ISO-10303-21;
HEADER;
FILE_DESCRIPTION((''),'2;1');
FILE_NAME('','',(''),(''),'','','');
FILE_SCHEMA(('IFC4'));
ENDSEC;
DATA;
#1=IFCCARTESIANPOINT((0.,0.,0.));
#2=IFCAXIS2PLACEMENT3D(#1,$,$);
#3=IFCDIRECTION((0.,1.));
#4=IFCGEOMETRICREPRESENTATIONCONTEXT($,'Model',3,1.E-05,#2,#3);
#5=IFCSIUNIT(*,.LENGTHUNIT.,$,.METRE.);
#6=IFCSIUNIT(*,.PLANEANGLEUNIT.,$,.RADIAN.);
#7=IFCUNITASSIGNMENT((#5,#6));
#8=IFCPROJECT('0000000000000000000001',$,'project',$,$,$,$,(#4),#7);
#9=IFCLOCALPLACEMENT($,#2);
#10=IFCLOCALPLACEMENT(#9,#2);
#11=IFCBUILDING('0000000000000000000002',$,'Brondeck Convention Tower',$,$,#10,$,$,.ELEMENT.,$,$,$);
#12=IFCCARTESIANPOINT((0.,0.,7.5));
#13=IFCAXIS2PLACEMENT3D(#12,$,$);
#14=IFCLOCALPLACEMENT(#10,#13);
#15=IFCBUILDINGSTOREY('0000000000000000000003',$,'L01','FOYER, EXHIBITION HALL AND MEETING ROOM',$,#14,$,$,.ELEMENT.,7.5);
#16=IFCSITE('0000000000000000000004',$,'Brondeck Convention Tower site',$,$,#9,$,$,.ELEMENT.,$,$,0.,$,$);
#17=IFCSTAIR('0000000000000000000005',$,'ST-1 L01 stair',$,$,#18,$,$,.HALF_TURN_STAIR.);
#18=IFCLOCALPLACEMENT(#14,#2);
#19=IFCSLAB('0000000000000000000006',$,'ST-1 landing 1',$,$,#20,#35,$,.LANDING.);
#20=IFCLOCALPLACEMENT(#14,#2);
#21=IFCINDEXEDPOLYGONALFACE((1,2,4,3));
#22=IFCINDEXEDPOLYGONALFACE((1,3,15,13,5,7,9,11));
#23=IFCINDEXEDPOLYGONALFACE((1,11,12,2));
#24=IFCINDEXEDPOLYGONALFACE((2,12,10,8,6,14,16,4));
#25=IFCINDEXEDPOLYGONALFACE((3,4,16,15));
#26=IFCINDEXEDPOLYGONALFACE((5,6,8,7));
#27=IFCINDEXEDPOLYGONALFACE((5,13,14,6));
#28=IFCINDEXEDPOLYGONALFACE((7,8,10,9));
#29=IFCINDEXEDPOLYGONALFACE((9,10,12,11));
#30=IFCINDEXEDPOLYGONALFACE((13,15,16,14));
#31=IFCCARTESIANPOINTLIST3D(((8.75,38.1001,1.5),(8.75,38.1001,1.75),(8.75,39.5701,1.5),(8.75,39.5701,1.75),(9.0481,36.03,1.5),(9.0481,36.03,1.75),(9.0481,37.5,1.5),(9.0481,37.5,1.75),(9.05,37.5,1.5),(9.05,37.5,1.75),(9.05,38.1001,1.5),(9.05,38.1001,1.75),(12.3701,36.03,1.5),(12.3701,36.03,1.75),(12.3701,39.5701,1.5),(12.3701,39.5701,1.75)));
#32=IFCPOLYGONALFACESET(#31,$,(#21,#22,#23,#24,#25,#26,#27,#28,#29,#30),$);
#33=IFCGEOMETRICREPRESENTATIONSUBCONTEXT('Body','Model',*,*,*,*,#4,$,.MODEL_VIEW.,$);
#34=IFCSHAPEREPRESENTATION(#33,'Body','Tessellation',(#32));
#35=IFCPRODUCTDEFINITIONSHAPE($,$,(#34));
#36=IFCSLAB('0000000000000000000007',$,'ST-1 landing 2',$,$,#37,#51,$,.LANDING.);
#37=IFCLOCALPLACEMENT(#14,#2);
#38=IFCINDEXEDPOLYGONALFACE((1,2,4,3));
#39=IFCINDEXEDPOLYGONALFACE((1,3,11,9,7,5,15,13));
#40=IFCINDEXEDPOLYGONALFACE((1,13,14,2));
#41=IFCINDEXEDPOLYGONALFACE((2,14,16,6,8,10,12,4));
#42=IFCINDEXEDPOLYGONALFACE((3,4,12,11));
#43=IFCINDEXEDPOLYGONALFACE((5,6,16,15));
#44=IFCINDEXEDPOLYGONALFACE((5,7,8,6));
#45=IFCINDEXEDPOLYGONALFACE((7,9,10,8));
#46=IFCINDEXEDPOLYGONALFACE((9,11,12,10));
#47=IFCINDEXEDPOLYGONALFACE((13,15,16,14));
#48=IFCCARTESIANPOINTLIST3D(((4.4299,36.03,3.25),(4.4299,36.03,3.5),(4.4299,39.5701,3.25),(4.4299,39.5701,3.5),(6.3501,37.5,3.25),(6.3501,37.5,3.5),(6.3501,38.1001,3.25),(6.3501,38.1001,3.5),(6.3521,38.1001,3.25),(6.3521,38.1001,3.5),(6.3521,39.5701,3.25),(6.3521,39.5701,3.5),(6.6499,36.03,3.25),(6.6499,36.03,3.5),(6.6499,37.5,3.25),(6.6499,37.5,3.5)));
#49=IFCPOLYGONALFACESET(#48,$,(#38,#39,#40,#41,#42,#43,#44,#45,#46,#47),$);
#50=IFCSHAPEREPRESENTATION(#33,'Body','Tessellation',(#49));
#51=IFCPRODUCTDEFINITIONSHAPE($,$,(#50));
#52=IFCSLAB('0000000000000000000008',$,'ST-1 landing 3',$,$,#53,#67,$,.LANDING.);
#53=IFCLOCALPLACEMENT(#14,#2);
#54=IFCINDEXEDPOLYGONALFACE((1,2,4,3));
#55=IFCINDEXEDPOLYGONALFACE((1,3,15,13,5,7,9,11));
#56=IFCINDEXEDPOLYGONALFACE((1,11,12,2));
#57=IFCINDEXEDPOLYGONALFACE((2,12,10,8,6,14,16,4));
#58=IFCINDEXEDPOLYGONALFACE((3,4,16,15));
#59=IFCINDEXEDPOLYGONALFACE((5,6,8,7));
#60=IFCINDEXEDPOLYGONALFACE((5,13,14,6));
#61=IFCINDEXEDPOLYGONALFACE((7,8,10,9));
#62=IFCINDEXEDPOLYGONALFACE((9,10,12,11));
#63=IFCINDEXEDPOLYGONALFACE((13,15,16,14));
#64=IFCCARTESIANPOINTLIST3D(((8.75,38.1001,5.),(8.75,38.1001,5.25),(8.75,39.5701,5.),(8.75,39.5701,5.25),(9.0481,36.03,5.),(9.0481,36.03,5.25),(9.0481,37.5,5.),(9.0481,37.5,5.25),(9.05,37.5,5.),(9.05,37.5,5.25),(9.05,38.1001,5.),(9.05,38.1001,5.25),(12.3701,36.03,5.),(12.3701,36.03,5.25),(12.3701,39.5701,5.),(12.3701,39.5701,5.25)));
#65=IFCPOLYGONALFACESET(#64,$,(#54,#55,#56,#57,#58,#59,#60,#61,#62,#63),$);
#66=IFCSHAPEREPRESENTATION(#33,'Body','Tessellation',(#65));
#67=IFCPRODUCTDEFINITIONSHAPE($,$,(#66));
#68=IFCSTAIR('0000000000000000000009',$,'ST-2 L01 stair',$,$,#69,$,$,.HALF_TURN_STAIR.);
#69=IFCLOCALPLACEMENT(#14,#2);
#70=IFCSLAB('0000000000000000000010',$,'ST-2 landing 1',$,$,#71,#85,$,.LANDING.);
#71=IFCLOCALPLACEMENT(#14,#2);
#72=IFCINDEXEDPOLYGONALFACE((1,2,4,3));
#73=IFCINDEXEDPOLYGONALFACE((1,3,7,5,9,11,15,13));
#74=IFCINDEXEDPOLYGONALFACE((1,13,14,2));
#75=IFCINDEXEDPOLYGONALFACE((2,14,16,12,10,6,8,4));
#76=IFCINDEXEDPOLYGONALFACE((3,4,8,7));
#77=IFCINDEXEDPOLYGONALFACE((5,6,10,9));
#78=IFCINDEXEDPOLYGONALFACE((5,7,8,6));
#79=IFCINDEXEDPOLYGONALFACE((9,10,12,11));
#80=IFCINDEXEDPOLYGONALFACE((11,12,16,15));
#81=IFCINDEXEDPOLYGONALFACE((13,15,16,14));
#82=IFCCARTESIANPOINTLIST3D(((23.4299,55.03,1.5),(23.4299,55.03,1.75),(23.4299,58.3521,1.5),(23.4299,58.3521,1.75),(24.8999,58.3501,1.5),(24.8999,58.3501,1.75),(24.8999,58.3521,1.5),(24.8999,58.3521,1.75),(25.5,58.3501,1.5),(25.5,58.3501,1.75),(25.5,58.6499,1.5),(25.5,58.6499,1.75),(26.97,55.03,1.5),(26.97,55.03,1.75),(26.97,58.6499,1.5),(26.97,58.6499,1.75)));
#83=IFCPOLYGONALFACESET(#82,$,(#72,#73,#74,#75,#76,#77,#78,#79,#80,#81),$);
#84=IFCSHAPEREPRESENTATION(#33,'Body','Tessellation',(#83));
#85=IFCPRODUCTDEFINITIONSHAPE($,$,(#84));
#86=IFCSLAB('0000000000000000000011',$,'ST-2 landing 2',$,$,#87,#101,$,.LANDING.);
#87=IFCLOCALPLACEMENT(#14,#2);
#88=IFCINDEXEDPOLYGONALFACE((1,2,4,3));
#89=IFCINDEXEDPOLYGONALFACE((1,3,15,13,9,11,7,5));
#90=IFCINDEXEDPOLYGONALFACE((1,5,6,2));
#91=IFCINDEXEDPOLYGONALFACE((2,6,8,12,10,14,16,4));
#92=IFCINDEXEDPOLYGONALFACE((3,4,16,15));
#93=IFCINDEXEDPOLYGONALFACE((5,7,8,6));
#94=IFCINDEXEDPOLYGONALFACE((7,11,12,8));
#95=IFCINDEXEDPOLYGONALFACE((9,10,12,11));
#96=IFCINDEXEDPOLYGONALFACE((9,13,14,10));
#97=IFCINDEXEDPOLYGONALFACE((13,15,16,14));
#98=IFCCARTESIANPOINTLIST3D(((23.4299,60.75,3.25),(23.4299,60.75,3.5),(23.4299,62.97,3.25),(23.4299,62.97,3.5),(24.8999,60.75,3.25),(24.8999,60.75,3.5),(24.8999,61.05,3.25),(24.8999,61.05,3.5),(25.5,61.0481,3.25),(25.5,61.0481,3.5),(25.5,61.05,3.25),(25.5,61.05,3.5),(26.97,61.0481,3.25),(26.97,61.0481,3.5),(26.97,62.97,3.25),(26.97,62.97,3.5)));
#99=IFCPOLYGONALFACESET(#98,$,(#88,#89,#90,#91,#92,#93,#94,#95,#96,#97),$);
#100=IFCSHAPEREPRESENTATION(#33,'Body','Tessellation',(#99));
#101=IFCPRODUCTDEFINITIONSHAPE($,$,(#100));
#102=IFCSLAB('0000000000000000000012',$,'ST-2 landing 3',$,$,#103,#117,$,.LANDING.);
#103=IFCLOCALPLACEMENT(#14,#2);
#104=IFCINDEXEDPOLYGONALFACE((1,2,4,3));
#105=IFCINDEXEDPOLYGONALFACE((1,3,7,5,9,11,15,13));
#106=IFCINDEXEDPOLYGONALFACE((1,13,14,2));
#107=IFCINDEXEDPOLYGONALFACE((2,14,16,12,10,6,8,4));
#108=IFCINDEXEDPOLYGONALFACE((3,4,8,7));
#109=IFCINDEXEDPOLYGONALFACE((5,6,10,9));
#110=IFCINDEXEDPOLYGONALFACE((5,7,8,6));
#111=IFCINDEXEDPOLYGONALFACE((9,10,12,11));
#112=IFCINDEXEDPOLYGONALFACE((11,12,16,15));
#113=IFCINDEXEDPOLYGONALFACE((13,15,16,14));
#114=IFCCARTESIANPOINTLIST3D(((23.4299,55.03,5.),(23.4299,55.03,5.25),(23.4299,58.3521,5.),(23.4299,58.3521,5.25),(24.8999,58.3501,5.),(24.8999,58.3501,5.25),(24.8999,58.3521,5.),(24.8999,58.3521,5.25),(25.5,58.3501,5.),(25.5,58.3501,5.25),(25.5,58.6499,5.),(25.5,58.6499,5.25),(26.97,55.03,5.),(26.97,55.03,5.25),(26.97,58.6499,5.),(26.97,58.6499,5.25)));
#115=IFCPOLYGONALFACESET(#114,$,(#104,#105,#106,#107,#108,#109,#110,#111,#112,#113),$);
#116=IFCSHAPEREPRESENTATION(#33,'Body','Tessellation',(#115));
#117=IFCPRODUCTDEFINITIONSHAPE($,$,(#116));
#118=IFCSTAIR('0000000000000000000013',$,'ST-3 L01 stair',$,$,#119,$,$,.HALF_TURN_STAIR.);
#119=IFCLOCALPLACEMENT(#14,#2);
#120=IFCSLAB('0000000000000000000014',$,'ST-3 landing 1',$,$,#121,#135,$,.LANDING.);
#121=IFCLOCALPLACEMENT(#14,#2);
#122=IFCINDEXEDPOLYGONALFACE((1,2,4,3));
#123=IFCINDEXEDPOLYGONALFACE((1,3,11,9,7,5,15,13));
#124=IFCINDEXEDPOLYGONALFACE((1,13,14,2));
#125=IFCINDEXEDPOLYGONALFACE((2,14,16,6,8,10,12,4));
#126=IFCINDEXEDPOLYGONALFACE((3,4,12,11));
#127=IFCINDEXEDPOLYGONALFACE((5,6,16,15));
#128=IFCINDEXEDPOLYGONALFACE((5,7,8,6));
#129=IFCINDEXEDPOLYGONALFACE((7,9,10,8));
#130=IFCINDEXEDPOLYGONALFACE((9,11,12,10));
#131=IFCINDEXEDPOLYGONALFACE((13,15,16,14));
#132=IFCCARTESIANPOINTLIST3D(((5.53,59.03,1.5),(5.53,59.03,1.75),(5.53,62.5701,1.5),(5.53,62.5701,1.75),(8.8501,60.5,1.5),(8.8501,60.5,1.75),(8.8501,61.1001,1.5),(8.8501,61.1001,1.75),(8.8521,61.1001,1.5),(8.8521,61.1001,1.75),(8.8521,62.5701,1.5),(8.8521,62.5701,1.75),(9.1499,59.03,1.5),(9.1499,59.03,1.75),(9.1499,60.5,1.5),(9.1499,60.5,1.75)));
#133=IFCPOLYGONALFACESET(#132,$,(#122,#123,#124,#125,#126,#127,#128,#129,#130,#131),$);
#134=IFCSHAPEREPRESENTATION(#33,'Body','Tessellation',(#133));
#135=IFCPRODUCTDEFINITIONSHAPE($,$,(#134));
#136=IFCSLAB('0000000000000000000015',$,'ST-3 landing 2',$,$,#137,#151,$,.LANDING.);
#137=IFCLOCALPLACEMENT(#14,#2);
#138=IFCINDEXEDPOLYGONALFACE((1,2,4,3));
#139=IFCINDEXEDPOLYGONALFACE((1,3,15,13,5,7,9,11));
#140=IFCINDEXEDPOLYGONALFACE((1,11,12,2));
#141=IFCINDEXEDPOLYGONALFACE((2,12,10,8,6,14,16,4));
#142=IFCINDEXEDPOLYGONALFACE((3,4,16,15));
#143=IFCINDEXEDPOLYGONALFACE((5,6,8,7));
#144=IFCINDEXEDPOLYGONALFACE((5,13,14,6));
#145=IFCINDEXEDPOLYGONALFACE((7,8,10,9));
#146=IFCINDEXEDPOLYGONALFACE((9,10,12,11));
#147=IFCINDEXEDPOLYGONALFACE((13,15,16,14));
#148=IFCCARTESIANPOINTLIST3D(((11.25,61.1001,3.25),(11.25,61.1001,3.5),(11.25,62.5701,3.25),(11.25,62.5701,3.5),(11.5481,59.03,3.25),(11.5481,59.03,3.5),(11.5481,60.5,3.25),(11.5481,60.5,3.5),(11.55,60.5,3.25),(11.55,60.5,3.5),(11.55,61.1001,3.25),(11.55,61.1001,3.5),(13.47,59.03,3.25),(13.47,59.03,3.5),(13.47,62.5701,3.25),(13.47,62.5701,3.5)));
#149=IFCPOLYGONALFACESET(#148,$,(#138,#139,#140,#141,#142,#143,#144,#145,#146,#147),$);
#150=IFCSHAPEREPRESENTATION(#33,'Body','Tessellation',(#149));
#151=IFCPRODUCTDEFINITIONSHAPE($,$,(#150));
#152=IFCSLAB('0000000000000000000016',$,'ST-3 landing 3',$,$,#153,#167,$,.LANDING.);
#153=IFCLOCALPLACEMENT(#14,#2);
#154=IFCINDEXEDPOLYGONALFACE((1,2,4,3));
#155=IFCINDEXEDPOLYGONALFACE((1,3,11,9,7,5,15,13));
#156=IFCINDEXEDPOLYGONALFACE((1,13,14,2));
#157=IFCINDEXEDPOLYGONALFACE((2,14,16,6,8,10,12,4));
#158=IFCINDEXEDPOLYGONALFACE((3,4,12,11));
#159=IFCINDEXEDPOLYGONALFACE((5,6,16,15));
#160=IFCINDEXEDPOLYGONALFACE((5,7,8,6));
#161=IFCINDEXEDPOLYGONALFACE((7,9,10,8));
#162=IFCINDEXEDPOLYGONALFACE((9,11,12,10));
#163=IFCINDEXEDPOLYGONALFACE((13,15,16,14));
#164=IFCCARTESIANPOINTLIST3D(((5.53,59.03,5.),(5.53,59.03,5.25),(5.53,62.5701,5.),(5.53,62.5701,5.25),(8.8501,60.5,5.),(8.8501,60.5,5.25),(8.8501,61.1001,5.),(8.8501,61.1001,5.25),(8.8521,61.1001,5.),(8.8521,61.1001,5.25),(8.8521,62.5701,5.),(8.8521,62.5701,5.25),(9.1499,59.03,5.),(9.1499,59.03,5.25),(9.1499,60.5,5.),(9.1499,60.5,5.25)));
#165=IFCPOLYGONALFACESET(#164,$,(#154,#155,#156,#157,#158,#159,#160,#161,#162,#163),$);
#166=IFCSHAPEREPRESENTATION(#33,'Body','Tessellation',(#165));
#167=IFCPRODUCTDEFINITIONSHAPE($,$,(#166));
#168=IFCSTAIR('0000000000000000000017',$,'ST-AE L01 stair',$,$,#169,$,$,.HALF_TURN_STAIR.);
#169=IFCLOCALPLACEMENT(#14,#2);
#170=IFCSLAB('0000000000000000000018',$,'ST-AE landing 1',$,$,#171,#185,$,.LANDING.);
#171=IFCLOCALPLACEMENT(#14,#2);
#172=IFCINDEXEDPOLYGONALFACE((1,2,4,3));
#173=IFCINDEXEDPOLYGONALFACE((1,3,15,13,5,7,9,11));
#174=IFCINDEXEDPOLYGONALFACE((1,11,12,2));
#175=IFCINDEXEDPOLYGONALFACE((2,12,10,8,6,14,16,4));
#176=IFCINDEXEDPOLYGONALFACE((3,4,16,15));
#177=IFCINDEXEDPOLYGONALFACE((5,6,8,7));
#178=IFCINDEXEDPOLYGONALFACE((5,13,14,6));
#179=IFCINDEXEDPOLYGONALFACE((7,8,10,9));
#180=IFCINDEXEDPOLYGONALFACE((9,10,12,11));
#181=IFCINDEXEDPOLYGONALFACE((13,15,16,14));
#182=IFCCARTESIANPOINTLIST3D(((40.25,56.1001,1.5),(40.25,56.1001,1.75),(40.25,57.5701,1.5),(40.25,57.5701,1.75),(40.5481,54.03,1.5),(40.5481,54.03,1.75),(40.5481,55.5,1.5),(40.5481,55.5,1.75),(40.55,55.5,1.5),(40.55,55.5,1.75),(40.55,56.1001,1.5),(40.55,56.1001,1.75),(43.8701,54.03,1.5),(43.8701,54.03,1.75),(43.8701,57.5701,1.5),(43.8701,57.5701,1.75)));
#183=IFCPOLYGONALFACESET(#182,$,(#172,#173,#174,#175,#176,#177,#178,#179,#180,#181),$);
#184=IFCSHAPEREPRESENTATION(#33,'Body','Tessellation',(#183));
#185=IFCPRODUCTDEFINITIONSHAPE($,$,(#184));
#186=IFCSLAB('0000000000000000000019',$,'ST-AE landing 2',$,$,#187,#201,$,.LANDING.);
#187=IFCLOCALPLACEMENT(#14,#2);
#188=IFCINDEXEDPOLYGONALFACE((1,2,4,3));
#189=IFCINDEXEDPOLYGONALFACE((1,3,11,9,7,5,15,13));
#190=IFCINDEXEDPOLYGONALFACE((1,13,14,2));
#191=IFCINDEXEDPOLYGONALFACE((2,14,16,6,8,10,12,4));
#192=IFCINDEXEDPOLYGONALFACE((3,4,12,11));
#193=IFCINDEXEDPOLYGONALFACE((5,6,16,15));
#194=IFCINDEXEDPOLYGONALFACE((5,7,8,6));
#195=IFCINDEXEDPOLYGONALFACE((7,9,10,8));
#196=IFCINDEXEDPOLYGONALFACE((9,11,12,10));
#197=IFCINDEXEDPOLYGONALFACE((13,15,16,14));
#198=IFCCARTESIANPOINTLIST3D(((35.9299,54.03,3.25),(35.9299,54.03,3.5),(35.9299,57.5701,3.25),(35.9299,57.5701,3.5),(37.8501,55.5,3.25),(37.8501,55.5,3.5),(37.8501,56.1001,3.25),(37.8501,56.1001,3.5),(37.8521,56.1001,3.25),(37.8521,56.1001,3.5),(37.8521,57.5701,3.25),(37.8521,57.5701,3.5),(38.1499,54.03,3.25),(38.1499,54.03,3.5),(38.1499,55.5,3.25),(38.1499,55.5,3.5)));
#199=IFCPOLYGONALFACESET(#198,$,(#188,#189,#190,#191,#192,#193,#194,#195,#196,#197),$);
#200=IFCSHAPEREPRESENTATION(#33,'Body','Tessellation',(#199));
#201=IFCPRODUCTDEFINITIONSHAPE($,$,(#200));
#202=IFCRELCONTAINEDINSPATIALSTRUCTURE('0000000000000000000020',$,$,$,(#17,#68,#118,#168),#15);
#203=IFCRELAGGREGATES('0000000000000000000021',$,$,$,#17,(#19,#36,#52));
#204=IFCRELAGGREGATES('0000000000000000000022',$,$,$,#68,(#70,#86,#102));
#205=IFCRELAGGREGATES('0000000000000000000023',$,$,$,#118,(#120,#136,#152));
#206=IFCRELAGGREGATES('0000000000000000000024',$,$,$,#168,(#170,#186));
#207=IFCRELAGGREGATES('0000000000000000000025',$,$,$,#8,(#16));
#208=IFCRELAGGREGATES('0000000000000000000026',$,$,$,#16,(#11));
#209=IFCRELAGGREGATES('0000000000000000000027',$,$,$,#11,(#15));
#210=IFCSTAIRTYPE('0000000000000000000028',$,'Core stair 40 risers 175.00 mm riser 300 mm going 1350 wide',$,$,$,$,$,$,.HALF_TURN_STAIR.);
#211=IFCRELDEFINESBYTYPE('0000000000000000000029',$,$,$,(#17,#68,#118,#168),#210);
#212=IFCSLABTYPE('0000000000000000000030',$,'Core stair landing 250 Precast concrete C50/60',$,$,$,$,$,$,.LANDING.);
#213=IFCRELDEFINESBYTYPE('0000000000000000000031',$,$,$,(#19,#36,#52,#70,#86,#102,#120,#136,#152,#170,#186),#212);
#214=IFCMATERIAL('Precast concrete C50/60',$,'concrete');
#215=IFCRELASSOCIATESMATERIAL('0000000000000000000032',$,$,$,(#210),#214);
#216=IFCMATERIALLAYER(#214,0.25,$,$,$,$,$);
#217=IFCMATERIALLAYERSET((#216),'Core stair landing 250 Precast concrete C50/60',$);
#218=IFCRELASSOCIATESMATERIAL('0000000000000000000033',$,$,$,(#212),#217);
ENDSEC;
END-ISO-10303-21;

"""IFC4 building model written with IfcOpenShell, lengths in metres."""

from ifc_helpers import new_model, si_unit, direction, frame, origin, place, context, subcontext, project, spatial, polyline, outline, extrude, material, layer, layer_set, type_object, element, aggregate, save


model = new_model("IFC4")

# Units and contexts
model_context = context("Model", 3, precision=1e-05, world=origin(), true_north=direction((0.0, 1.0)))
body_context = subcontext(model_context, "Body", "Model", "MODEL_VIEW")
ifc_project = project(units=[si_unit("LENGTHUNIT", "METRE"), si_unit("PLANEANGLEUNIT", "RADIAN")], contexts=[model_context])

# Site, building, storey
site_placement = place(None, origin())
site = spatial("IfcSite", under=ifc_project, at=site_placement, Name="Brondeck Convention Tower site", CompositionType="ELEMENT", RefElevation=0.0)
building_placement = place(site_placement, origin())
building = spatial("IfcBuilding", under=site, at=building_placement, Name="Brondeck Convention Tower", CompositionType="ELEMENT")
storey_placement = place(building_placement, frame((0.0, 0.0, 7.5)))
storey = spatial("IfcBuildingStorey", under=building, at=storey_placement, Name="L01", Description="FOYER, EXHIBITION HALL AND MEETING ROOM", CompositionType="ELEMENT", Elevation=7.5)

# Stairs, slabs
ifc_material_1 = material(Name="Precast concrete C50/60", Category="concrete")
stair_type_1 = type_object("IfcStairType", Name="Core stair 40 risers 175.00 mm riser 300 mm going 1350 wide", PredefinedType="HALF_TURN_STAIR", material=ifc_material_1)
stair_1_placement = place(storey_placement, origin())
stair_1 = element("IfcStair", 1, at=stair_1_placement, inside=storey, type_object=stair_type_1, Name="ST-1 L01 stair", PredefinedType="HALF_TURN_STAIR")
ifc_layer_1 = layer(ifc_material_1, 0.25)
ifc_layer_set_1 = layer_set([ifc_layer_1], Name="Core stair landing 250 Precast concrete C50/60")
slab_type_1 = type_object("IfcSlabType", Name="Core stair landing 250 Precast concrete C50/60", PredefinedType="LANDING", material=ifc_layer_set_1)
slab_1_placement = place(storey_placement, frame((0.0, 0.0, 1.5)))
slab_1 = element("IfcSlab", 2, at=slab_1_placement, type_object=slab_type_1, Name="ST-1 landing 1", PredefinedType="LANDING", context=body_context, shape_type="SweptSolid", body=[
    extrude(outline(polyline([(9.0481, 37.5), (9.05, 37.5), (9.05, 38.1001), (8.75, 38.1001), (8.75, 39.5701), (12.3701, 39.5701), (12.3701, 36.03), (9.0481, 36.03), (9.0481, 37.5)])), origin(), (0.0, 0.0, 1.0), 0.25),
])
slab_2_placement = place(storey_placement, frame((0.0, 0.0, 3.25)))
slab_2 = element("IfcSlab", 3, at=slab_2_placement, type_object=slab_type_1, Name="ST-1 landing 2", PredefinedType="LANDING", context=body_context, shape_type="SweptSolid", body=[
    extrude(outline(polyline([(6.6499, 37.5), (6.6499, 36.03), (4.4299, 36.03), (4.4299, 39.5701), (6.3521, 39.5701), (6.3521, 38.1001), (6.3501, 38.1001), (6.3501, 37.5), (6.6499, 37.5)])), origin(), (0.0, 0.0, 1.0), 0.25),
])
slab_3_placement = place(storey_placement, frame((0.0, 0.0, 5.0)))
slab_3 = element("IfcSlab", 4, at=slab_3_placement, type_object=slab_type_1, Name="ST-1 landing 3", PredefinedType="LANDING", context=body_context, shape_type="SweptSolid", body=[
    extrude(outline(polyline([(9.0481, 37.5), (9.05, 37.5), (9.05, 38.1001), (8.75, 38.1001), (8.75, 39.5701), (12.3701, 39.5701), (12.3701, 36.03), (9.0481, 36.03), (9.0481, 37.5)])), origin(), (0.0, 0.0, 1.0), 0.25),
])
aggregate(stair_1, [slab_1, slab_2, slab_3])
stair_2_placement = place(storey_placement, origin())
stair_2 = element("IfcStair", 5, at=stair_2_placement, inside=storey, type_object=stair_type_1, Name="ST-2 L01 stair", PredefinedType="HALF_TURN_STAIR")
slab_4_placement = place(storey_placement, frame((0.0, 0.0, 1.5)))
slab_4 = element("IfcSlab", 6, at=slab_4_placement, type_object=slab_type_1, Name="ST-2 landing 1", PredefinedType="LANDING", context=body_context, shape_type="SweptSolid", body=[
    extrude(outline(polyline([(23.4299, 58.3521), (24.8999, 58.3521), (24.8999, 58.3501), (25.5, 58.3501), (25.5, 58.6499), (26.97, 58.6499), (26.97, 55.03), (23.4299, 55.03), (23.4299, 58.3521)])), origin(), (0.0, 0.0, 1.0), 0.25),
])
slab_5_placement = place(storey_placement, frame((0.0, 0.0, 3.25)))
slab_5 = element("IfcSlab", 7, at=slab_5_placement, type_object=slab_type_1, Name="ST-2 landing 2", PredefinedType="LANDING", context=body_context, shape_type="SweptSolid", body=[
    extrude(outline(polyline([(23.4299, 62.97), (26.97, 62.97), (26.97, 61.0481), (25.5, 61.0481), (25.5, 61.05), (24.8999, 61.05), (24.8999, 60.75), (23.4299, 60.75), (23.4299, 62.97)])), origin(), (0.0, 0.0, 1.0), 0.25),
])
slab_6_placement = place(storey_placement, frame((0.0, 0.0, 5.0)))
slab_6 = element("IfcSlab", 8, at=slab_6_placement, type_object=slab_type_1, Name="ST-2 landing 3", PredefinedType="LANDING", context=body_context, shape_type="SweptSolid", body=[
    extrude(outline(polyline([(23.4299, 58.3521), (24.8999, 58.3521), (24.8999, 58.3501), (25.5, 58.3501), (25.5, 58.6499), (26.97, 58.6499), (26.97, 55.03), (23.4299, 55.03), (23.4299, 58.3521)])), origin(), (0.0, 0.0, 1.0), 0.25),
])
aggregate(stair_2, [slab_4, slab_5, slab_6])
stair_3_placement = place(storey_placement, origin())
stair_3 = element("IfcStair", 9, at=stair_3_placement, inside=storey, type_object=stair_type_1, Name="ST-3 L01 stair", PredefinedType="HALF_TURN_STAIR")
slab_7_placement = place(storey_placement, frame((0.0, 0.0, 1.5)))
slab_7 = element("IfcSlab", 10, at=slab_7_placement, type_object=slab_type_1, Name="ST-3 landing 1", PredefinedType="LANDING", context=body_context, shape_type="SweptSolid", body=[
    extrude(outline(polyline([(9.1499, 60.5), (9.1499, 59.03), (5.53, 59.03), (5.53, 62.5701), (8.8521, 62.5701), (8.8521, 61.1001), (8.8501, 61.1001), (8.8501, 60.5), (9.1499, 60.5)])), origin(), (0.0, 0.0, 1.0), 0.25),
])
slab_8_placement = place(storey_placement, frame((0.0, 0.0, 3.25)))
slab_8 = element("IfcSlab", 11, at=slab_8_placement, type_object=slab_type_1, Name="ST-3 landing 2", PredefinedType="LANDING", context=body_context, shape_type="SweptSolid", body=[
    extrude(outline(polyline([(11.5481, 60.5), (11.55, 60.5), (11.55, 61.1001), (11.25, 61.1001), (11.25, 62.5701), (13.47, 62.5701), (13.47, 59.03), (11.5481, 59.03), (11.5481, 60.5)])), origin(), (0.0, 0.0, 1.0), 0.25),
])
slab_9_placement = place(storey_placement, frame((0.0, 0.0, 5.0)))
slab_9 = element("IfcSlab", 12, at=slab_9_placement, type_object=slab_type_1, Name="ST-3 landing 3", PredefinedType="LANDING", context=body_context, shape_type="SweptSolid", body=[
    extrude(outline(polyline([(9.1499, 60.5), (9.1499, 59.03), (5.53, 59.03), (5.53, 62.5701), (8.8521, 62.5701), (8.8521, 61.1001), (8.8501, 61.1001), (8.8501, 60.5), (9.1499, 60.5)])), origin(), (0.0, 0.0, 1.0), 0.25),
])
aggregate(stair_3, [slab_7, slab_8, slab_9])
stair_4_placement = place(storey_placement, origin())
stair_4 = element("IfcStair", 13, at=stair_4_placement, inside=storey, type_object=stair_type_1, Name="ST-AE L01 stair", PredefinedType="HALF_TURN_STAIR")
slab_10_placement = place(storey_placement, frame((0.0, 0.0, 1.5)))
slab_10 = element("IfcSlab", 14, at=slab_10_placement, type_object=slab_type_1, Name="ST-AE landing 1", PredefinedType="LANDING", context=body_context, shape_type="SweptSolid", body=[
    extrude(outline(polyline([(40.5481, 55.5), (40.55, 55.5), (40.55, 56.1001), (40.25, 56.1001), (40.25, 57.5701), (43.8701, 57.5701), (43.8701, 54.03), (40.5481, 54.03), (40.5481, 55.5)])), origin(), (0.0, 0.0, 1.0), 0.25),
])
slab_11_placement = place(storey_placement, frame((0.0, 0.0, 3.25)))
slab_11 = element("IfcSlab", 15, at=slab_11_placement, type_object=slab_type_1, Name="ST-AE landing 2", PredefinedType="LANDING", context=body_context, shape_type="SweptSolid", body=[
    extrude(outline(polyline([(38.1499, 55.5), (38.1499, 54.03), (35.9299, 54.03), (35.9299, 57.5701), (37.8521, 57.5701), (37.8521, 56.1001), (37.8501, 56.1001), (37.8501, 55.5), (38.1499, 55.5)])), origin(), (0.0, 0.0, 1.0), 0.25),
])
aggregate(stair_4, [slab_10, slab_11])

save(model, "model.ifc")
